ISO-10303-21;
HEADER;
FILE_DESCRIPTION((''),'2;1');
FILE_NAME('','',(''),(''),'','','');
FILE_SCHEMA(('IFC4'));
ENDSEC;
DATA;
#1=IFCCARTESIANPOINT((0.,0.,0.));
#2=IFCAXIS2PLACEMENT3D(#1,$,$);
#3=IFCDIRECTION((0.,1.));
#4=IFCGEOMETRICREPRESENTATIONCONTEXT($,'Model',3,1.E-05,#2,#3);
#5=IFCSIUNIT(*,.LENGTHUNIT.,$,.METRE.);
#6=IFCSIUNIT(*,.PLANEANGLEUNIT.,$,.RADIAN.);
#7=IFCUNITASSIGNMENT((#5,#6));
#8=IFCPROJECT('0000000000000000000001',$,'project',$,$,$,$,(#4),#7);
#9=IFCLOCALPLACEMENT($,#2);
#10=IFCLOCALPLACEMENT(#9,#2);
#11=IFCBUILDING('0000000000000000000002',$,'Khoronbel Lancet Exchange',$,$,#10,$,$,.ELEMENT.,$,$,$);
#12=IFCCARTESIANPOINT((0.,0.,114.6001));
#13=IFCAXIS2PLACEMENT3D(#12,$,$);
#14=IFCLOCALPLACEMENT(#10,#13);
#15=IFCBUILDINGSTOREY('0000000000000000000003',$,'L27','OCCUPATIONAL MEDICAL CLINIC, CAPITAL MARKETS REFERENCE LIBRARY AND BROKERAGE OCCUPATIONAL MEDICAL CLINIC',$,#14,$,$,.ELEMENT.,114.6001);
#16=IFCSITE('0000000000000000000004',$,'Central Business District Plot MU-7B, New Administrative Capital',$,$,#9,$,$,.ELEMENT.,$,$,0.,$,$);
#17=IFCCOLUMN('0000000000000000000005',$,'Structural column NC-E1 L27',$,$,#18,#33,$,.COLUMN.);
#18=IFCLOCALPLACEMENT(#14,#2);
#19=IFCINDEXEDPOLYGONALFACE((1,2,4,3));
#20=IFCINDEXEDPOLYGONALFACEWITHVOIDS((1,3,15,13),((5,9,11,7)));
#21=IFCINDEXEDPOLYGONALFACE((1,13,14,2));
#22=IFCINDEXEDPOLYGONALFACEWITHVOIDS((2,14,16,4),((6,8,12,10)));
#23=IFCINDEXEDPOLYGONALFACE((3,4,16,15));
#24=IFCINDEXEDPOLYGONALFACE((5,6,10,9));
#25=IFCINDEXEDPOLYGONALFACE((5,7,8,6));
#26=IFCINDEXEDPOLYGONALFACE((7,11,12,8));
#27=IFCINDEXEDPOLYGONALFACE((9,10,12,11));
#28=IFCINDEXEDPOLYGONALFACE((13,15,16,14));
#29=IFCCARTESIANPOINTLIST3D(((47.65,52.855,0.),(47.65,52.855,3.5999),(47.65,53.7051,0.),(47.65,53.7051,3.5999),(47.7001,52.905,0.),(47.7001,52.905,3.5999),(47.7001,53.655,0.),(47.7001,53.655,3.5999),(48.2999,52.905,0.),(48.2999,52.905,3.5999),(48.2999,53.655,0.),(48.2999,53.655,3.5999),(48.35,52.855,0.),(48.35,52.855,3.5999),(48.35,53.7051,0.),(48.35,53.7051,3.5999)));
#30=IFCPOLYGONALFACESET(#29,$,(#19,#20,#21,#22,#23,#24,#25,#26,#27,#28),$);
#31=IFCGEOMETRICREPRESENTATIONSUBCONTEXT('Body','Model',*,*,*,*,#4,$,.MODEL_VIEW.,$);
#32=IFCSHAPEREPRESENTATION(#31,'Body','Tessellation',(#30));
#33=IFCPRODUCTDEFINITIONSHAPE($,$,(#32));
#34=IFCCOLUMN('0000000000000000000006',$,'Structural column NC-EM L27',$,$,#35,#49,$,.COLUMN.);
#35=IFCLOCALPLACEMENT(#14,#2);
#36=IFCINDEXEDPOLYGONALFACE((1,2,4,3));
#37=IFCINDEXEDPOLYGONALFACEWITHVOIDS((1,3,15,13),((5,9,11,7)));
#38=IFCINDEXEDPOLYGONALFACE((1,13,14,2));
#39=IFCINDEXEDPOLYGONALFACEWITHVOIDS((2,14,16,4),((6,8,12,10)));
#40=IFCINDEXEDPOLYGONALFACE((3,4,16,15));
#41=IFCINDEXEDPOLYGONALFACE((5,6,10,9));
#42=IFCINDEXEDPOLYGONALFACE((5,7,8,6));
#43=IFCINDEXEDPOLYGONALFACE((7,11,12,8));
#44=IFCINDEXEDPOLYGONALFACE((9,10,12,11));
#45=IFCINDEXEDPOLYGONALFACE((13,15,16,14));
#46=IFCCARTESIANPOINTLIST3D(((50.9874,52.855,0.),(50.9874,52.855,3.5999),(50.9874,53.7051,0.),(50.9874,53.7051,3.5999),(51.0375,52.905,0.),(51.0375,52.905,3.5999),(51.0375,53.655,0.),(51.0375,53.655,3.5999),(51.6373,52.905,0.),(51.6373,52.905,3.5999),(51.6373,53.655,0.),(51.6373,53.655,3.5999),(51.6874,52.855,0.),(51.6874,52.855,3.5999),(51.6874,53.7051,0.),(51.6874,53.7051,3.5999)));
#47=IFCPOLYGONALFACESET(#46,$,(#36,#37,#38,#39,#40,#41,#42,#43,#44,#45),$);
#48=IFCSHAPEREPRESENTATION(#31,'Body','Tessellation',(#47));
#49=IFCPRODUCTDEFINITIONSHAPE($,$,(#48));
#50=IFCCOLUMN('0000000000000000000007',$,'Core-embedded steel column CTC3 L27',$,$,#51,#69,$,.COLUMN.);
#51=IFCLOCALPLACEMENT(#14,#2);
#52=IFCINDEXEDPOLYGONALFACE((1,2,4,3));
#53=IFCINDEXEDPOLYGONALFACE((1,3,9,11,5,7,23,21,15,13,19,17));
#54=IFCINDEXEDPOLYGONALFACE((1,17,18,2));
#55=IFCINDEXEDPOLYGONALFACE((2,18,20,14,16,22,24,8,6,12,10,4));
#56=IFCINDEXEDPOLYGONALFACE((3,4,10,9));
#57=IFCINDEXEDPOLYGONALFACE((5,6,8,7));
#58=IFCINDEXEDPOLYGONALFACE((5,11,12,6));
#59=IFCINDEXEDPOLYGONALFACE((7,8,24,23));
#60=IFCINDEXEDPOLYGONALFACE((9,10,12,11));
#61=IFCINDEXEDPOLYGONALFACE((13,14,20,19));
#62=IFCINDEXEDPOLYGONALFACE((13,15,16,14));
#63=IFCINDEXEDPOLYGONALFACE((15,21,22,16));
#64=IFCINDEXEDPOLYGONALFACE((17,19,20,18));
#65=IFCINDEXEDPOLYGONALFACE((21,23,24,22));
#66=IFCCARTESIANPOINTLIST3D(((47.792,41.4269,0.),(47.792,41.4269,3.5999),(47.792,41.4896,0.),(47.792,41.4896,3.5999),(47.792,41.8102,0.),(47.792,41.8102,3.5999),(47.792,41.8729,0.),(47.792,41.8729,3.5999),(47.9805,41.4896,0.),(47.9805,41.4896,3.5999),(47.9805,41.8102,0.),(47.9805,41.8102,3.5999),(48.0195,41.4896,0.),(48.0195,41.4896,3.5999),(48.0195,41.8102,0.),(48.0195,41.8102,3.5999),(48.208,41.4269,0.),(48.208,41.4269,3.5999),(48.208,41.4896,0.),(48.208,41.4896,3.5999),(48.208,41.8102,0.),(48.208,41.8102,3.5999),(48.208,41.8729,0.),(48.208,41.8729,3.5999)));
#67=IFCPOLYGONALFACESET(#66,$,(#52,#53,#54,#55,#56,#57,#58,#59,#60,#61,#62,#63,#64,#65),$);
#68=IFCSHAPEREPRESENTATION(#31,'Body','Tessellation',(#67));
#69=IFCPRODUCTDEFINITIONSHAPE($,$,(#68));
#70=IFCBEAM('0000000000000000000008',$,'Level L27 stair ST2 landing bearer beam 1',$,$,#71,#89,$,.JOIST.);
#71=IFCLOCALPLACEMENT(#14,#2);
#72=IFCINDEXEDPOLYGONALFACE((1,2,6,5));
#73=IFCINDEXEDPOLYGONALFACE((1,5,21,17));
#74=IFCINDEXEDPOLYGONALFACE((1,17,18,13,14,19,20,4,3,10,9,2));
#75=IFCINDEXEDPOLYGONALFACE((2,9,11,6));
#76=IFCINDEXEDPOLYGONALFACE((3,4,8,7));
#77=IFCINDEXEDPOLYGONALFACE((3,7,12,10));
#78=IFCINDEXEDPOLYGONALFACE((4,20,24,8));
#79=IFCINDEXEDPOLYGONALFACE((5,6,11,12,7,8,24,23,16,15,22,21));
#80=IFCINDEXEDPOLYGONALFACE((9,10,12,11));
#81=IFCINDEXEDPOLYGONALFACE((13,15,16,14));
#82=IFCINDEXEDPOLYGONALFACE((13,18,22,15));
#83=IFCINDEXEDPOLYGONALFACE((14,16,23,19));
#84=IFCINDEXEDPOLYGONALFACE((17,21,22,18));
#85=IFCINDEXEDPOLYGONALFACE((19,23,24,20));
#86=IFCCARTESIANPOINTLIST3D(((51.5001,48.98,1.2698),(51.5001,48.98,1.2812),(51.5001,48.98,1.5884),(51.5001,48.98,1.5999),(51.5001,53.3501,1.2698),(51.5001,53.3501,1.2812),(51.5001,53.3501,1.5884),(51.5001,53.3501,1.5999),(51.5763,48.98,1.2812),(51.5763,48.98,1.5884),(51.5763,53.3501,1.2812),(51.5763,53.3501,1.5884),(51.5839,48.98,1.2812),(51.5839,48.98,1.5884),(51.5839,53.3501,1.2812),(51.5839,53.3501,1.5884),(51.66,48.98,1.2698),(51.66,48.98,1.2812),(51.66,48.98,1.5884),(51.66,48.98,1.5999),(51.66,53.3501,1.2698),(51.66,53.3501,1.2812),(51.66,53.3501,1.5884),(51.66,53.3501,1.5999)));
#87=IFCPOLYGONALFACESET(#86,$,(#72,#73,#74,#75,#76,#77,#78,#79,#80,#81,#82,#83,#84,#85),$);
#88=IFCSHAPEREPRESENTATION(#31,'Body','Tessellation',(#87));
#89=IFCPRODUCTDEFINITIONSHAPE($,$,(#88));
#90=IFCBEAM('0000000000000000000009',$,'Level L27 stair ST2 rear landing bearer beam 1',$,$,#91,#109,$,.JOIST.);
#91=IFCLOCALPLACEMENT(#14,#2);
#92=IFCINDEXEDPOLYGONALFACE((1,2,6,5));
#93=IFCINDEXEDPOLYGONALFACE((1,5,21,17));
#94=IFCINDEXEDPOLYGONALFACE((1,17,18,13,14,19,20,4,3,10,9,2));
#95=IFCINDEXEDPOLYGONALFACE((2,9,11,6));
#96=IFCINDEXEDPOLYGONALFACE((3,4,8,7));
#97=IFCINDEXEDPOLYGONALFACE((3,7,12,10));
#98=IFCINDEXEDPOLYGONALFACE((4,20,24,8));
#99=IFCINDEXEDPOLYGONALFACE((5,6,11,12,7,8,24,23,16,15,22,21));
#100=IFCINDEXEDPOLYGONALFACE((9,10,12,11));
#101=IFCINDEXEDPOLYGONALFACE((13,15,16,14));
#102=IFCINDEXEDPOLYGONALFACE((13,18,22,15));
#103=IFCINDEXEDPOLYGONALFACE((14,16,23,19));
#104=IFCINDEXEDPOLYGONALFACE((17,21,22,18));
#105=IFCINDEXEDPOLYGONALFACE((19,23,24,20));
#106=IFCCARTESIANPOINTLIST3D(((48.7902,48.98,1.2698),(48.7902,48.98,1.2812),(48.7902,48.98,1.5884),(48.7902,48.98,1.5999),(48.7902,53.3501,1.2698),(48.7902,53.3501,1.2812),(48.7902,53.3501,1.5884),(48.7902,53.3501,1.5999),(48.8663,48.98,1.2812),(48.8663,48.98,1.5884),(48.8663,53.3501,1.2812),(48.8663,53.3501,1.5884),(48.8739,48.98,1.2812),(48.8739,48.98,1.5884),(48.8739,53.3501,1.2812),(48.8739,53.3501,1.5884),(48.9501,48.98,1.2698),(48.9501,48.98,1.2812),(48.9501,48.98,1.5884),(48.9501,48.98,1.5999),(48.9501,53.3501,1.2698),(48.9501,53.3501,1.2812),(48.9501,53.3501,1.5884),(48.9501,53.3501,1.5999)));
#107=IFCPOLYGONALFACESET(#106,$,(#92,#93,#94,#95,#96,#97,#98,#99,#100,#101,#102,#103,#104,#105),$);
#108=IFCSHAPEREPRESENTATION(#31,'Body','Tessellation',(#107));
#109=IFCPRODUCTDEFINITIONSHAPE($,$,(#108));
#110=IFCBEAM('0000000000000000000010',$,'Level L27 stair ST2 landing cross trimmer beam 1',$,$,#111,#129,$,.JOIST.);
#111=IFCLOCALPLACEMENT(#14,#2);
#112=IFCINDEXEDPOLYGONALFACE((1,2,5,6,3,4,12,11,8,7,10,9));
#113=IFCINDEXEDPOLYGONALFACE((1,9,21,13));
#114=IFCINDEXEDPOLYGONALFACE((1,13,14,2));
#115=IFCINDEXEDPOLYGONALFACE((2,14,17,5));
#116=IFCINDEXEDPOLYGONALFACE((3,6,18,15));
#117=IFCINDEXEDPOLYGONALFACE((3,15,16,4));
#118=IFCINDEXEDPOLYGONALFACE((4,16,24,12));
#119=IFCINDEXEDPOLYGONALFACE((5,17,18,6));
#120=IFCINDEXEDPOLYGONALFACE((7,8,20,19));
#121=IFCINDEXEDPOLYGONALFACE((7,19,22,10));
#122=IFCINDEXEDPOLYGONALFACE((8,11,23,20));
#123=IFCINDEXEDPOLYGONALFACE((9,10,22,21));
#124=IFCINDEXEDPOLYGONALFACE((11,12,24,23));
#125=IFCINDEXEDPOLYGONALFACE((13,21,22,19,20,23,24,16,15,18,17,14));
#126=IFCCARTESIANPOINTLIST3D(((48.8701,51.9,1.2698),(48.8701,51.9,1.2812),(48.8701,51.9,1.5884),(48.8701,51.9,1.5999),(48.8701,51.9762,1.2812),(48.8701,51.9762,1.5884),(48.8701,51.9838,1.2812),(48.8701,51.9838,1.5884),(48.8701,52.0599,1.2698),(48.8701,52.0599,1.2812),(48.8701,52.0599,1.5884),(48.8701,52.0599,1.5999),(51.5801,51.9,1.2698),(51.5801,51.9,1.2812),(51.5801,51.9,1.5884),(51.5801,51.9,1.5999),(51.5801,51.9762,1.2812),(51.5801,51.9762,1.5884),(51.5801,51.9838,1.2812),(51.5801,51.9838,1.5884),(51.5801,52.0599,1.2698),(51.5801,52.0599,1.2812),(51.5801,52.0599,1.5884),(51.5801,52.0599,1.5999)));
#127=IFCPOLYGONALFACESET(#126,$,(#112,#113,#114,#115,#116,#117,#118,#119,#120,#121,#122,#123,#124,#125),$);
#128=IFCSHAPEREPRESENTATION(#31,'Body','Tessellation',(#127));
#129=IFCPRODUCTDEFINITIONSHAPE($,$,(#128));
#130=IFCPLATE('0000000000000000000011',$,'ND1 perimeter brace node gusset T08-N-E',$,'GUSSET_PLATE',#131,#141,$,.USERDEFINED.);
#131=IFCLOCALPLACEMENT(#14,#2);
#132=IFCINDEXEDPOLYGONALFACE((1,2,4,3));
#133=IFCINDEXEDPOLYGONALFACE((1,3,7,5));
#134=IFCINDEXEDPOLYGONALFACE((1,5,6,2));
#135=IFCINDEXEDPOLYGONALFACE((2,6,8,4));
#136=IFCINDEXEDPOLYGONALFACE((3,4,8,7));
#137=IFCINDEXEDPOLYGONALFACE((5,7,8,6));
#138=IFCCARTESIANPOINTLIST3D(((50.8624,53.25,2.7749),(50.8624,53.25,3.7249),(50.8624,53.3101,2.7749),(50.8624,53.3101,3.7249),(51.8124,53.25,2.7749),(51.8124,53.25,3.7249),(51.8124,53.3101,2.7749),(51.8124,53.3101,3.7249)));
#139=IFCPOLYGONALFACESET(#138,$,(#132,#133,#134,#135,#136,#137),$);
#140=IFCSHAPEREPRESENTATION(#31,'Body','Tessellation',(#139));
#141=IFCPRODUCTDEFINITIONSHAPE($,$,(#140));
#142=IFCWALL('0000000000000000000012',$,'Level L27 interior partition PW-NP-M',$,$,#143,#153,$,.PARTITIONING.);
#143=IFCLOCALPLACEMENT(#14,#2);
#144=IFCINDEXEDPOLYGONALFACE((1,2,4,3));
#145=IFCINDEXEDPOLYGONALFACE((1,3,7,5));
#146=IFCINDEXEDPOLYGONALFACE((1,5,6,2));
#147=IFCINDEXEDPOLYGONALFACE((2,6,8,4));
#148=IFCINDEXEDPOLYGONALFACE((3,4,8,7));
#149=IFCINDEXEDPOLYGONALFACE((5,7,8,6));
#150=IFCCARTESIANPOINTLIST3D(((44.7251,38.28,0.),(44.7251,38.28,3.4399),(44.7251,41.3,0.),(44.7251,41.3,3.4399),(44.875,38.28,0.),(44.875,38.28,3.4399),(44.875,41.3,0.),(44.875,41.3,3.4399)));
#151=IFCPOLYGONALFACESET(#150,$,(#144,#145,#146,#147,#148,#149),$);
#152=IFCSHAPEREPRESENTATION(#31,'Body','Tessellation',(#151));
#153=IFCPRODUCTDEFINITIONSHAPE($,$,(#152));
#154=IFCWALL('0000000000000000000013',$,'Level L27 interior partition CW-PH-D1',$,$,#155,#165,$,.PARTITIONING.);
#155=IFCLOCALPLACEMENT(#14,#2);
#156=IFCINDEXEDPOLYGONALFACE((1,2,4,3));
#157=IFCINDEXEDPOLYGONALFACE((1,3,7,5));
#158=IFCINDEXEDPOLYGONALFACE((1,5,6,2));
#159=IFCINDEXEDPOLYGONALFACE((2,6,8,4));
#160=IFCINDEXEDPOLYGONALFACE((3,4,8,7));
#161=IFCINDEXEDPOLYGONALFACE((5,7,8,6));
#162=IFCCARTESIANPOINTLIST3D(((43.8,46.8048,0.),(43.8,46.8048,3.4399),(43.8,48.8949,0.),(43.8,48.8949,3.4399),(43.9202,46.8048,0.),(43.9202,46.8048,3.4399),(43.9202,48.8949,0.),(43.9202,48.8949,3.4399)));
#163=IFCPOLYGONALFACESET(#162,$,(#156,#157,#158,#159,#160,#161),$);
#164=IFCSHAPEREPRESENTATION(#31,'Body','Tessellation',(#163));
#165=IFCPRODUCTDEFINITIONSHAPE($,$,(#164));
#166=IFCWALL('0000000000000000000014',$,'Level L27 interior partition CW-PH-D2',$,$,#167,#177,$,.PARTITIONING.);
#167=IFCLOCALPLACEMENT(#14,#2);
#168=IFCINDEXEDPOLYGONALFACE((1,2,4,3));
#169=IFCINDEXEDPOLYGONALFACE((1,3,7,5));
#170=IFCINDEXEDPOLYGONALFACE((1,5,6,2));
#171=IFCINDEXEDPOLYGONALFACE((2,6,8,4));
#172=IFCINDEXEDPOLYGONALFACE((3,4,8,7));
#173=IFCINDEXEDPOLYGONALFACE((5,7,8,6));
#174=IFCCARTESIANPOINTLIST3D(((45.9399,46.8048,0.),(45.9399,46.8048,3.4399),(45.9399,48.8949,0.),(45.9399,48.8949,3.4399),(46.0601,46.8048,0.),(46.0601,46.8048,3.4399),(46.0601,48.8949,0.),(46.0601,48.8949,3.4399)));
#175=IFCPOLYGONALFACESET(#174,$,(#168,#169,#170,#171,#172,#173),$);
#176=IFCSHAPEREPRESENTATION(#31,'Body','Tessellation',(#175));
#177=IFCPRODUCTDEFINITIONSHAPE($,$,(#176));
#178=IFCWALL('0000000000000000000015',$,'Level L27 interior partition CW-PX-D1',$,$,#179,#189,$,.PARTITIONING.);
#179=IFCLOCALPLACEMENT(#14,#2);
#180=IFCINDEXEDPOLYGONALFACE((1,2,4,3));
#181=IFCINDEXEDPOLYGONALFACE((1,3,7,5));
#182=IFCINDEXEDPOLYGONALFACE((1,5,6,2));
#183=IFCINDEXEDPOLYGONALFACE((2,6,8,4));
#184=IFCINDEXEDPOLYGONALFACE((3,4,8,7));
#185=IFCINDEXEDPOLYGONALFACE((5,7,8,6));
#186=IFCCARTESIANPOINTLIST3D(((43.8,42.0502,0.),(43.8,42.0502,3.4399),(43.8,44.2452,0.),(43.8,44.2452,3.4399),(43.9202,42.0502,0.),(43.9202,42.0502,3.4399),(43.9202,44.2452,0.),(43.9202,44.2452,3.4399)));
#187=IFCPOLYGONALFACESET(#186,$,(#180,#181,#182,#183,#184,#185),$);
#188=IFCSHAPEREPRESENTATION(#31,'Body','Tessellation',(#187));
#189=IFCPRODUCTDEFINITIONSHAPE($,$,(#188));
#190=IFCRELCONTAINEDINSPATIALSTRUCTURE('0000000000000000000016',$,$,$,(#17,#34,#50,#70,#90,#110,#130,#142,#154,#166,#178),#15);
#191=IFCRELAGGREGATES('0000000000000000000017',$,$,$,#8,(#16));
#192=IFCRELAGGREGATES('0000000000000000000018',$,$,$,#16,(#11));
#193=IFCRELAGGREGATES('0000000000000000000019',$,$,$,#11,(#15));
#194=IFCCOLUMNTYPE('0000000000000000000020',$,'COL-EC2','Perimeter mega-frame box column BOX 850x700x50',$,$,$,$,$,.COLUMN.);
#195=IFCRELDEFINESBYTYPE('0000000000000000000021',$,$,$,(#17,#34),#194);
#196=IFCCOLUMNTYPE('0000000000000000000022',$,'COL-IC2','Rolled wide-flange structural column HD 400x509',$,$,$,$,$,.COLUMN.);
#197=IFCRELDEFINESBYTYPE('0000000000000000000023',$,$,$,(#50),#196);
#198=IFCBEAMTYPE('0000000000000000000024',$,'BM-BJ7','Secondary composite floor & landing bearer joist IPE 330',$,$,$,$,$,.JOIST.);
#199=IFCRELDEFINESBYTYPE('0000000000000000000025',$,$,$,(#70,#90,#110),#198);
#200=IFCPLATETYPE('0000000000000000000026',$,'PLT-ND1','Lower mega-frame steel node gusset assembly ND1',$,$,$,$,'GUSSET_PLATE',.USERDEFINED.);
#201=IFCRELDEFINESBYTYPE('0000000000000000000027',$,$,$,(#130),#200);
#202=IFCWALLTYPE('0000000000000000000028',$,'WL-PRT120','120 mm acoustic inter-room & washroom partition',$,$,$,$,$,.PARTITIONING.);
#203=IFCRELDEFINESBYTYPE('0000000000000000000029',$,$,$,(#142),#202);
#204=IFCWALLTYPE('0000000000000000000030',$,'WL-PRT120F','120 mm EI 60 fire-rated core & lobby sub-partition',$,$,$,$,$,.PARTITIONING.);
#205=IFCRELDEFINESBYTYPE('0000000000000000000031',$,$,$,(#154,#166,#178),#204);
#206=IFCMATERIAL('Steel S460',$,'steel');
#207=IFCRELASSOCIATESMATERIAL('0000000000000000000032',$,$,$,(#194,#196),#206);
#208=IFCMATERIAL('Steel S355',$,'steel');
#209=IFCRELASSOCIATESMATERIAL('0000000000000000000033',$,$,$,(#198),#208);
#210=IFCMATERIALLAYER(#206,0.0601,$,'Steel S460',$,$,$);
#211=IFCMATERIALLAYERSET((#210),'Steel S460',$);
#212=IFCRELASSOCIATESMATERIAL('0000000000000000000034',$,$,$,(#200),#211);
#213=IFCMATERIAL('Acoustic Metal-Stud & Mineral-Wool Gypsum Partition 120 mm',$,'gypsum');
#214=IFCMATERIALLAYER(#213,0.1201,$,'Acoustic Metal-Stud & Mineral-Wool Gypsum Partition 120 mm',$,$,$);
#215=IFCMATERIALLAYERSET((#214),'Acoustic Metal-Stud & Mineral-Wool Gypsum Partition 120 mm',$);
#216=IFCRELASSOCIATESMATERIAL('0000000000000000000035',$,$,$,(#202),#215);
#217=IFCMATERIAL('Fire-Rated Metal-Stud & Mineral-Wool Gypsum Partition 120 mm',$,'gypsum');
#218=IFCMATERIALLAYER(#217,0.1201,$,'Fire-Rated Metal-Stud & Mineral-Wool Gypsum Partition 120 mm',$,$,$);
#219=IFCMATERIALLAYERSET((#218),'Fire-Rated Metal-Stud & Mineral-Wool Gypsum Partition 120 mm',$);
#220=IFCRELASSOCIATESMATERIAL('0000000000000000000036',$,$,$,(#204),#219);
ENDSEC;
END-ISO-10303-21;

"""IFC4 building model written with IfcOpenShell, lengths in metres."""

from ifc_helpers import new_model, si_unit, direction, frame, frame_2d, origin, origin_2d, place, context, subcontext, project, spatial, rectangle, hollow_rectangle, i_section, extrude, material, layer, layer_set, material_profile, profile_set, type_object, element, save


model = new_model("IFC4")

# Units and contexts
model_context = context("Model", 3, precision=1e-05, world=origin(), true_north=direction((0.0, 1.0)))
body_context = subcontext(model_context, "Body", "Model", "MODEL_VIEW")
ifc_project = project(units=[si_unit("LENGTHUNIT", "METRE"), si_unit("PLANEANGLEUNIT", "RADIAN")], contexts=[model_context])

# Site, building, storey
site_placement = place(None, origin())
site = spatial("IfcSite", under=ifc_project, at=site_placement, Name="Central Business District Plot MU-7B, New Administrative Capital", CompositionType="ELEMENT", RefElevation=0.0)
building_placement = place(site_placement, origin())
building = spatial("IfcBuilding", under=site, at=building_placement, Name="Khoronbel Lancet Exchange", CompositionType="ELEMENT")
storey_placement = place(building_placement, frame((0.0, 0.0, 114.6001)))
storey = spatial("IfcBuildingStorey", under=building, at=storey_placement, Name="L27", Description="OCCUPATIONAL MEDICAL CLINIC, CAPITAL MARKETS REFERENCE LIBRARY AND BROKERAGE OCCUPATIONAL MEDICAL CLINIC", CompositionType="ELEMENT", Elevation=114.6001)

# Columns
ifc_material_1 = material(Name="Steel S460", Category="steel")
ifc_material_profile_1 = material_profile(ifc_material_1, hollow_rectangle(XDim=0.7, YDim=0.8501, WallThickness=0.05, at=origin_2d()), Name="BOX 850x700x50")
ifc_profile_set_1 = profile_set([ifc_material_profile_1], Name="Steel S460")
column_type_1 = type_object("IfcColumnType", Name="COL-EC2", Description="Perimeter mega-frame box column BOX 850x700x50", PredefinedType="COLUMN", material=ifc_profile_set_1)
for number, where, z_axis, x_axis, name in (
    (1, (48.0, 53.28, 0.0), (0.0, 0.0, 1.0), (1.0, 0.0, 0.0), "Structural column NC-E1 L27"),
    (2, (51.3374, 53.28, 0.0), (0.0, 0.0, 1.0), (1.0, 0.0, 0.0), "Structural column NC-EM L27"),
):
    element("IfcColumn", number, at=place(storey_placement, frame(where, z_axis=z_axis, x_axis=x_axis)), inside=storey, type_object=column_type_1, Name=name, PredefinedType="COLUMN", context=body_context, shape_type="SweptSolid", body=[
        extrude(hollow_rectangle(XDim=0.7, YDim=0.8501, WallThickness=0.05, at=origin_2d()), origin(), (0.0, 0.0, 1.0), 3.5999),
    ])
ifc_material_profile_2 = material_profile(ifc_material_1, i_section(OverallWidth=0.416, OverallDepth=0.446, WebThickness=0.0391, FlangeThickness=0.0627, at=origin_2d()), Name="HD 400x509")
ifc_profile_set_2 = profile_set([ifc_material_profile_2], Name="Steel S460")
column_type_2 = type_object("IfcColumnType", Name="COL-IC2", Description="Rolled wide-flange structural column HD 400x509", PredefinedType="COLUMN", material=ifc_profile_set_2)
column_placement = place(storey_placement, frame((48.0, 41.6499, 0.0), z_axis=(0.0, 0.0, 1.0), x_axis=(1.0, 0.0, 0.0)))
element("IfcColumn", 3, at=column_placement, inside=storey, type_object=column_type_2, Name="Core-embedded steel column CTC3 L27", PredefinedType="COLUMN", context=body_context, shape_type="SweptSolid", body=[
    extrude(i_section(OverallWidth=0.416, OverallDepth=0.446, WebThickness=0.0391, FlangeThickness=0.0627, at=origin_2d()), origin(), (0.0, 0.0, 1.0), 3.5999),
])

# Beams
ifc_material_2 = material(Name="Steel S355", Category="steel")
ifc_material_profile_3 = material_profile(ifc_material_2, i_section(OverallWidth=0.1599, OverallDepth=0.3301, WebThickness=0.0076, FlangeThickness=0.0115, at=origin_2d()), Name="IPE 330")
ifc_profile_set_3 = profile_set([ifc_material_profile_3], Name="Steel S355")
beam_type = type_object("IfcBeamType", Name="BM-BJ7", Description="Secondary composite floor & landing bearer joist IPE 330", PredefinedType="JOIST", material=ifc_profile_set_3)
for number, where, z_axis, x_axis, name in (
    (4, (51.5801, 48.98, 1.4348), (0.0, 1.0, 0.0), (-1.0, 0.0, 0.0), "Level L27 stair ST2 landing bearer beam 1"),
    (5, (48.8701, 48.98, 1.4348), (0.0, 1.0, 0.0), (-1.0, 0.0, 0.0), "Level L27 stair ST2 rear landing bearer beam 1"),
):
    element("IfcBeam", number, at=place(storey_placement, frame(where, z_axis=z_axis, x_axis=x_axis)), inside=storey, type_object=beam_type, Name=name, PredefinedType="JOIST", context=body_context, shape_type="SweptSolid", body=[
        extrude(i_section(OverallWidth=0.1599, OverallDepth=0.3301, WebThickness=0.0076, FlangeThickness=0.0115, at=origin_2d()), origin(), (0.0, 0.0, 1.0), 4.3701),
    ])
beam_placement = place(storey_placement, frame((48.8701, 51.98, 1.4348), z_axis=(1.0, 0.0, 0.0), x_axis=(0.0, 1.0, 0.0)))
element("IfcBeam", 6, at=beam_placement, inside=storey, type_object=beam_type, Name="Level L27 stair ST2 landing cross trimmer beam 1", PredefinedType="JOIST", context=body_context, shape_type="SweptSolid", body=[
    extrude(i_section(OverallWidth=0.1599, OverallDepth=0.3301, WebThickness=0.0076, FlangeThickness=0.0115, at=origin_2d()), origin(), (0.0, 0.0, 1.0), 2.71),
])

# Plate
ifc_layer_1 = layer(ifc_material_1, 0.0601, Name="Steel S460")
ifc_layer_set_1 = layer_set([ifc_layer_1], Name="Steel S460")
plate_type = type_object("IfcPlateType", Name="PLT-ND1", Description="Lower mega-frame steel node gusset assembly ND1", ElementType="GUSSET_PLATE", PredefinedType="USERDEFINED", material=ifc_layer_set_1)
plate_placement = place(storey_placement, frame((51.3374, 53.28, 2.7749), z_axis=(0.0, 0.0, 1.0), x_axis=(1.0, 0.0, 0.0)))
element("IfcPlate", 7, at=plate_placement, inside=storey, type_object=plate_type, Name="ND1 perimeter brace node gusset T08-N-E", ObjectType="GUSSET_PLATE", PredefinedType="USERDEFINED", context=body_context, shape_type="SweptSolid", body=[
    extrude(rectangle(XDim=0.95, YDim=0.0601, at=origin_2d()), origin(), (0.0, 0.0, 1.0), 0.95),
])

# Walls
ifc_material_3 = material(Name="Acoustic Metal-Stud & Mineral-Wool Gypsum Partition 120 mm", Category="gypsum")
ifc_layer_2 = layer(ifc_material_3, 0.1201, Name="Acoustic Metal-Stud & Mineral-Wool Gypsum Partition 120 mm")
ifc_layer_set_2 = layer_set([ifc_layer_2], Name="Acoustic Metal-Stud & Mineral-Wool Gypsum Partition 120 mm")
wall_type_1 = type_object("IfcWallType", Name="WL-PRT120", Description="120 mm acoustic inter-room & washroom partition", PredefinedType="PARTITIONING", material=ifc_layer_set_2)
wall_1_placement = place(storey_placement, frame((44.8, 38.28, 0.0), z_axis=(0.0, 0.0, 1.0), x_axis=(0.0, 1.0, 0.0)))
element("IfcWall", 8, at=wall_1_placement, inside=storey, type_object=wall_type_1, Name="Level L27 interior partition PW-NP-M", PredefinedType="PARTITIONING", context=body_context, shape_type="SweptSolid", body=[
    extrude(rectangle(XDim=3.02, YDim=0.1499, at=frame_2d((1.51, 0.0))), origin(), (0.0, 0.0, 1.0), 3.4399),
])
ifc_material_4 = material(Name="Fire-Rated Metal-Stud & Mineral-Wool Gypsum Partition 120 mm", Category="gypsum")
ifc_layer_3 = layer(ifc_material_4, 0.1201, Name="Fire-Rated Metal-Stud & Mineral-Wool Gypsum Partition 120 mm")
ifc_layer_set_3 = layer_set([ifc_layer_3], Name="Fire-Rated Metal-Stud & Mineral-Wool Gypsum Partition 120 mm")
wall_type_2 = type_object("IfcWallType", Name="WL-PRT120F", Description="120 mm EI 60 fire-rated core & lobby sub-partition", PredefinedType="PARTITIONING", material=ifc_layer_set_3)
for number, where, z_axis, x_axis, name in (
    (9, (43.8601, 46.8049, 0.0), (0.0, 0.0, 1.0), (0.0, 1.0, 0.0), "Level L27 interior partition CW-PH-D1"),
    (10, (46.0, 46.8049, 0.0), (0.0, 0.0, 1.0), (0.0, 1.0, 0.0), "Level L27 interior partition CW-PH-D2"),
):
    element("IfcWall", number, at=place(storey_placement, frame(where, z_axis=z_axis, x_axis=x_axis)), inside=storey, type_object=wall_type_2, Name=name, PredefinedType="PARTITIONING", context=body_context, shape_type="SweptSolid", body=[
        extrude(rectangle(XDim=2.0901, YDim=0.1201, at=frame_2d((1.0449, 0.0))), origin(), (0.0, 0.0, 1.0), 3.4399),
    ])
for number, where, z_axis, x_axis, name in (
    (11, (43.8601, 42.05, 0.0), (0.0, 0.0, 1.0), (0.0, 1.0, 0.0), "Level L27 interior partition CW-PX-D1"),
):
    element("IfcWall", number, at=place(storey_placement, frame(where, z_axis=z_axis, x_axis=x_axis)), inside=storey, type_object=wall_type_2, Name=name, PredefinedType="PARTITIONING", context=body_context, shape_type="SweptSolid", body=[
        extrude(rectangle(XDim=2.1951, YDim=0.1201, at=frame_2d((1.0977, 0.0))), origin(), (0.0, 0.0, 1.0), 3.4399),
    ])

save(model, "model.ifc")
